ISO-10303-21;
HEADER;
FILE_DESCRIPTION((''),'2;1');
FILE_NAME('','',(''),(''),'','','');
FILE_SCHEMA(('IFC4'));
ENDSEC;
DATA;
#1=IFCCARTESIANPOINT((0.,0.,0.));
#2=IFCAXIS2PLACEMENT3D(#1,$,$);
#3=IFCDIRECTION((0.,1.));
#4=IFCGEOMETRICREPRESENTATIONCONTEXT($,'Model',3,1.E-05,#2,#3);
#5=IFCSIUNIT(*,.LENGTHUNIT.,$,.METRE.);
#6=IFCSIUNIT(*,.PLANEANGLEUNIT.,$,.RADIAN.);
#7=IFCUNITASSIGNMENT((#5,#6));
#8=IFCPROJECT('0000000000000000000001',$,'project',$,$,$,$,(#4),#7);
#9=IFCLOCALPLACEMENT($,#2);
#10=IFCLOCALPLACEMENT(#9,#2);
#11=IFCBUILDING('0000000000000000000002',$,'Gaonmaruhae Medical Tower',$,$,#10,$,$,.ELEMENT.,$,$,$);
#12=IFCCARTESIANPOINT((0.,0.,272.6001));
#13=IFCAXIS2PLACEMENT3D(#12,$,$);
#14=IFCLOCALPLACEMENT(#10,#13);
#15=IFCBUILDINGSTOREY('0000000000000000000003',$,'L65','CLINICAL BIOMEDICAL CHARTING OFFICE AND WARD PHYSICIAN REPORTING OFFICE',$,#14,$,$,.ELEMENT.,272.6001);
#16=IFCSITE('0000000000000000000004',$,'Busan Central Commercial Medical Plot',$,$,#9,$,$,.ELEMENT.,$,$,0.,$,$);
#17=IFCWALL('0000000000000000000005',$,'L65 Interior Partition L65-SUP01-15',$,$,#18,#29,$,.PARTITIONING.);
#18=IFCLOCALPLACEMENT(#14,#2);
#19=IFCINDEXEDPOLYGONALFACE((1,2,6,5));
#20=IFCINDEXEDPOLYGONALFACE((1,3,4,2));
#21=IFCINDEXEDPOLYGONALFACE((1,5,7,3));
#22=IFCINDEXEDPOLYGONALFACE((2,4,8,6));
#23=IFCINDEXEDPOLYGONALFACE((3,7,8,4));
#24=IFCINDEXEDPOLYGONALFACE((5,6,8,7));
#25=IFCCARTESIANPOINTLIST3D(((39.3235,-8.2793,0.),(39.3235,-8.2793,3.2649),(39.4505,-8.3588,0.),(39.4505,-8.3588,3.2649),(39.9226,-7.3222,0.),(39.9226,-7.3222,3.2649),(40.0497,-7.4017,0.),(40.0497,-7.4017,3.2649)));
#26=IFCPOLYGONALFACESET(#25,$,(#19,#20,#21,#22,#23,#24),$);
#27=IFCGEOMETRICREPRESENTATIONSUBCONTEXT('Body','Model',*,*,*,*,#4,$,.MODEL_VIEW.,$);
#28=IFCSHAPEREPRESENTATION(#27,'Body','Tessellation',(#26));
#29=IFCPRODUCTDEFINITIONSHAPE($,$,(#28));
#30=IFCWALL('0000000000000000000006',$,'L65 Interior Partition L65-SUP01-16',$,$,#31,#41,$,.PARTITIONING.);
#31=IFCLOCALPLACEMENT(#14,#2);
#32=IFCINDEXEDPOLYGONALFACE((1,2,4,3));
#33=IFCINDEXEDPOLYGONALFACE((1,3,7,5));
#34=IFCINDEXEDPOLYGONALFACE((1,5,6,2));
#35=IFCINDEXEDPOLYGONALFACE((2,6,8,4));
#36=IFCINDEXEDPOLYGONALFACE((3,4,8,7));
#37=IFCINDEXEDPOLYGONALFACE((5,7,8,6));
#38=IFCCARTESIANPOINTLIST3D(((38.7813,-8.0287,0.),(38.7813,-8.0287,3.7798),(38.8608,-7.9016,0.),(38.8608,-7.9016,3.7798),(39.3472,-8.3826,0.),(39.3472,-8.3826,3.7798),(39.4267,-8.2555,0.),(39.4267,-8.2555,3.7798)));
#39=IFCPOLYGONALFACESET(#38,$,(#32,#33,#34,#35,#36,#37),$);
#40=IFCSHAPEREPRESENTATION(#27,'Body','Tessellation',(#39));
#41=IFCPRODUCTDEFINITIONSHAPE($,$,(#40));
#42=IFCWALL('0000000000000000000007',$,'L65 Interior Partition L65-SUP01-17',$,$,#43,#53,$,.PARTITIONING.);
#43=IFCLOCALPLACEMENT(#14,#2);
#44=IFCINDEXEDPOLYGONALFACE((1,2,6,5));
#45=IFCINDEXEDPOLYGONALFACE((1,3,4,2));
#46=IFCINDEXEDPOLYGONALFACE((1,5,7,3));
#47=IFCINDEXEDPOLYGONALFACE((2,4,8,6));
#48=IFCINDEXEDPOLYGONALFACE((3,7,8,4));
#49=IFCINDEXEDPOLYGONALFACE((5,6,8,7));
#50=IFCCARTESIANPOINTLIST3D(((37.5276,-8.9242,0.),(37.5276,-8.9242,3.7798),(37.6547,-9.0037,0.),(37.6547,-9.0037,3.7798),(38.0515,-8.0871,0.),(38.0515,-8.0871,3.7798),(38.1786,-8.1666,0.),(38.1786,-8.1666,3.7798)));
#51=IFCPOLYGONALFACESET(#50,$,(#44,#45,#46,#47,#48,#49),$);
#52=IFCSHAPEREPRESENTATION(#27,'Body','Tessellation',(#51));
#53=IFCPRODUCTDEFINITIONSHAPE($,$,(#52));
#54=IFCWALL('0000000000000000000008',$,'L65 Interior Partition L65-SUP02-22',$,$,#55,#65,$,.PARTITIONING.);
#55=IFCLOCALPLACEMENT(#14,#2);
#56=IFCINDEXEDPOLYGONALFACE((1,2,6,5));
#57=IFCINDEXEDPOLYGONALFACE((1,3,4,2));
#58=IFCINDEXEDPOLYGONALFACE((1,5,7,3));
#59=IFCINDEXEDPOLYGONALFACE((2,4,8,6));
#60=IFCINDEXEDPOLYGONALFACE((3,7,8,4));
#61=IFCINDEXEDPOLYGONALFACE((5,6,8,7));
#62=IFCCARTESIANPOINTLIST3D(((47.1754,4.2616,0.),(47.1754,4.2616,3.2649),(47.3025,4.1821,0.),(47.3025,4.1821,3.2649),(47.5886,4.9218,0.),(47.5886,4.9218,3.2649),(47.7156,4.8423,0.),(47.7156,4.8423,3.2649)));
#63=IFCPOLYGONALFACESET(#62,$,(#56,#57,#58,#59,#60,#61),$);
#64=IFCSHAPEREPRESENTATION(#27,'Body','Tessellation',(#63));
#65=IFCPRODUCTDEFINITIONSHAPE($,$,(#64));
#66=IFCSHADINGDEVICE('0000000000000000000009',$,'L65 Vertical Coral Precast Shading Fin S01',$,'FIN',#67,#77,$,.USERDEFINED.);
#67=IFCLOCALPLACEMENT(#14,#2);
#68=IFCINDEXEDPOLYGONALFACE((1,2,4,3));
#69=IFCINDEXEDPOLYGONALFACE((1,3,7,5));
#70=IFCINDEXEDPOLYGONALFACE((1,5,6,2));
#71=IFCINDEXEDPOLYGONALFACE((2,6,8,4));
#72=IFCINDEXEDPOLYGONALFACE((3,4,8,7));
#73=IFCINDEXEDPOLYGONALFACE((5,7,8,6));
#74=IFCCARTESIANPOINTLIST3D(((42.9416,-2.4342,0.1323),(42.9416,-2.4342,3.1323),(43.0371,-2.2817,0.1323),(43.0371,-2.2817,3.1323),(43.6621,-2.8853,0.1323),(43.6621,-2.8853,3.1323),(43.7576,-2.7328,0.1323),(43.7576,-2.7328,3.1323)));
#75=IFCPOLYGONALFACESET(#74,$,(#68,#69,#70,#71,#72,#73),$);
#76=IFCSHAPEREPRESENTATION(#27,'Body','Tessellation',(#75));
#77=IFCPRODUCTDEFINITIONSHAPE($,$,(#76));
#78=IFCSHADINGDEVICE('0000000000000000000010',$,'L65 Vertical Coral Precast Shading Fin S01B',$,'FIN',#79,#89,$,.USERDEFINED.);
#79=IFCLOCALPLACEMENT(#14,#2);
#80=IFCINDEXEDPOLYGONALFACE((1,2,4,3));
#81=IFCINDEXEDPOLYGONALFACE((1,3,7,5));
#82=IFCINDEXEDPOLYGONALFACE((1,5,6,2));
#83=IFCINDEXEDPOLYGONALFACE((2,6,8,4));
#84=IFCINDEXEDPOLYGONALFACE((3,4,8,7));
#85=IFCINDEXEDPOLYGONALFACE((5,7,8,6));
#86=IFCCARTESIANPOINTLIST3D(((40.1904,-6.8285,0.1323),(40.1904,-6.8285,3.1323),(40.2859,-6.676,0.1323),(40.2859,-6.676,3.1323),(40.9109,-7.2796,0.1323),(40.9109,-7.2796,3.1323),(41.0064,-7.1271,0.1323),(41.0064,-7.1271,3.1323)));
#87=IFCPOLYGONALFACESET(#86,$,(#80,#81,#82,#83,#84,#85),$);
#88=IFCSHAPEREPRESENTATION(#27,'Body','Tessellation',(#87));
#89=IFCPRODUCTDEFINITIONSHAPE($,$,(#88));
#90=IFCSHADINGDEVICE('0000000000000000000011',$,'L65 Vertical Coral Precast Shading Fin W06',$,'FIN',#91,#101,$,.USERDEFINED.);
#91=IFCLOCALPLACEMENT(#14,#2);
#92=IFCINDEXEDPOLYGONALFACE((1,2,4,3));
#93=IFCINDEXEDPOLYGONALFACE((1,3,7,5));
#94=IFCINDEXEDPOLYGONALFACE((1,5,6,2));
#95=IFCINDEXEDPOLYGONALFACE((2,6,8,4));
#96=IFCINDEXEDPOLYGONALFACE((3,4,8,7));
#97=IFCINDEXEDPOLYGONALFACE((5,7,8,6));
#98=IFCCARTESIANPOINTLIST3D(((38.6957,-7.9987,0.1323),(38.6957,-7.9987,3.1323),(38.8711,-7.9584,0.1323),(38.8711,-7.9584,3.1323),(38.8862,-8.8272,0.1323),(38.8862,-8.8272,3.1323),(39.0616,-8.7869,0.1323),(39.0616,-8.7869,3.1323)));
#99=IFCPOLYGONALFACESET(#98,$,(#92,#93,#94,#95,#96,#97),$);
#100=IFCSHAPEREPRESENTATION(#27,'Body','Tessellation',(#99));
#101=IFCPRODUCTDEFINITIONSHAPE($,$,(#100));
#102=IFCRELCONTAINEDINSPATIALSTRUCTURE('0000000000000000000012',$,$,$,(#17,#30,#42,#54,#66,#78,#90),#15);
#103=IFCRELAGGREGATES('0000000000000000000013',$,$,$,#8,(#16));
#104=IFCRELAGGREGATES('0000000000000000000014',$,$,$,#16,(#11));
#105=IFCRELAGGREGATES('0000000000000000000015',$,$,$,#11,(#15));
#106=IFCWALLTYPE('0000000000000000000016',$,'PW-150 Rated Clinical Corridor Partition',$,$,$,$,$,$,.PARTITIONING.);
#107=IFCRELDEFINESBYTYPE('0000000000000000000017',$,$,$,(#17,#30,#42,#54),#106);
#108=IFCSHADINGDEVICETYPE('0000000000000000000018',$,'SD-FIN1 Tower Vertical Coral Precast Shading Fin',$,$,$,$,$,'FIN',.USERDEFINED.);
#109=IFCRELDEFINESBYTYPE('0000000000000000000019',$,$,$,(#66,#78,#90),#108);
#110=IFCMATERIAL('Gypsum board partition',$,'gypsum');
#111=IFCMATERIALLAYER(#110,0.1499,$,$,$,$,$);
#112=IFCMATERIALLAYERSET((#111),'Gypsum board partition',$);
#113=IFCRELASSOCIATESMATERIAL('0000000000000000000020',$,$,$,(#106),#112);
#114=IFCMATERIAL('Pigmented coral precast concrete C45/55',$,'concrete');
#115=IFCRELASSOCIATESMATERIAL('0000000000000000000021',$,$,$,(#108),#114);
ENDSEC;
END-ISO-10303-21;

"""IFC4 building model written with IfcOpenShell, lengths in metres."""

from ifc_helpers import new_model, si_unit, direction, frame, frame_2d, origin, origin_2d, place, context, subcontext, project, spatial, rectangle, extrude, material, layer, layer_set, type_object, element, save


model = new_model("IFC4")

# Units and contexts
model_context = context("Model", 3, precision=1e-05, world=origin(), true_north=direction((0.0, 1.0)))
body_context = subcontext(model_context, "Body", "Model", "MODEL_VIEW")
ifc_project = project(units=[si_unit("LENGTHUNIT", "METRE"), si_unit("PLANEANGLEUNIT", "RADIAN")], contexts=[model_context])

# Site, building, storey
site_placement = place(None, origin())
site = spatial("IfcSite", under=ifc_project, at=site_placement, Name="Busan Central Commercial Medical Plot", CompositionType="ELEMENT", RefElevation=0.0)
building_placement = place(site_placement, origin())
building = spatial("IfcBuilding", under=site, at=building_placement, Name="Gaonmaruhae Medical Tower", CompositionType="ELEMENT")
storey_placement = place(building_placement, frame((0.0, 0.0, 272.6001)))
storey = spatial("IfcBuildingStorey", under=building, at=storey_placement, Name="L65", Description="CLINICAL BIOMEDICAL CHARTING OFFICE AND WARD PHYSICIAN REPORTING OFFICE", CompositionType="ELEMENT", Elevation=272.6001)

# Walls
ifc_material_1 = material(Name="Gypsum board partition", Category="gypsum")
ifc_layer_1 = layer(ifc_material_1, 0.1499)
ifc_layer_set_1 = layer_set([ifc_layer_1], Name="Gypsum board partition")
wall_type_1 = type_object("IfcWallType", Name="PW-150 Rated Clinical Corridor Partition", PredefinedType="PARTITIONING", material=ifc_layer_set_1)
wall_1_placement = place(storey_placement, frame((39.9861, -7.3621, 0.0), z_axis=(0.0, 0.0, 1.0), x_axis=(-0.530621, -0.847609, 0.0)))
element("IfcWall", 1, at=wall_1_placement, inside=storey, type_object=wall_type_1, Name="L65 Interior Partition L65-SUP01-15", PredefinedType="PARTITIONING", context=body_context, shape_type="SweptSolid", body=[
    extrude(rectangle(XDim=1.1292, YDim=0.1499, at=frame_2d((0.5645, 0.0))), origin(), (0.0, 0.0, 1.0), 3.2649),
])
wall_2_placement = place(storey_placement, frame((39.387, -8.3191, 0.0), z_axis=(0.0, 0.0, 1.0), x_axis=(-0.847793, 0.530328, 0.0)))
element("IfcWall", 2, at=wall_2_placement, inside=storey, type_object=wall_type_1, Name="L65 Interior Partition L65-SUP01-16", PredefinedType="PARTITIONING", context=body_context, shape_type="SweptSolid", body=[
    extrude(rectangle(XDim=0.6675, YDim=0.1499, at=frame_2d((0.3337, 0.0))), origin(), (0.0, 0.0, 1.0), 3.7798),
])
wall_3_placement = place(storey_placement, frame((38.115, -8.127, 0.0), z_axis=(0.0, 0.0, 1.0), x_axis=(-0.53051, -0.847679, 0.0)))
element("IfcWall", 3, at=wall_3_placement, inside=storey, type_object=wall_type_1, Name="L65 Interior Partition L65-SUP01-17", PredefinedType="PARTITIONING", context=body_context, shape_type="SweptSolid", body=[
    extrude(rectangle(XDim=0.9875, YDim=0.1499, at=frame_2d((0.4937, 0.0))), origin(), (0.0, 0.0, 1.0), 3.7798),
])
wall_4_placement = place(storey_placement, frame((47.6521, 4.8821, 0.0), z_axis=(0.0, 0.0, 1.0), x_axis=(-0.53045, -0.847716, 0.0)))
element("IfcWall", 4, at=wall_4_placement, inside=storey, type_object=wall_type_1, Name="L65 Interior Partition L65-SUP02-22", PredefinedType="PARTITIONING", context=body_context, shape_type="SweptSolid", body=[
    extrude(rectangle(XDim=0.7788, YDim=0.1499, at=frame_2d((0.3894, 0.0))), origin(), (0.0, 0.0, 1.0), 3.2649),
])

# Shading devices
ifc_material_2 = material(Name="Pigmented coral precast concrete C45/55", Category="concrete")
shading_device_type = type_object("IfcShadingDeviceType", Name="SD-FIN1 Tower Vertical Coral Precast Shading Fin", ElementType="FIN", PredefinedType="USERDEFINED", material=ifc_material_2)
for number, where, z_axis, x_axis, name in (
    (5, (43.3496, -2.5835, 0.1323), (0.0, 0.0, 1.0), (-0.530659, -0.847585, 0.0), "L65 Vertical Coral Precast Shading Fin S01"),
    (6, (40.5984, -6.9778, 0.1323), (0.0, 0.0, 1.0), (-0.530659, -0.847585, 0.0), "L65 Vertical Coral Precast Shading Fin S01B"),
    (7, (38.8787, -8.3928, 0.1323), (0.0, 0.0, 1.0), (-0.974566, -0.224101, 0.0), "L65 Vertical Coral Precast Shading Fin W06"),
):
    element("IfcShadingDevice", number, at=place(storey_placement, frame(where, z_axis=z_axis, x_axis=x_axis)), inside=storey, type_object=shading_device_type, Name=name, ObjectType="FIN", PredefinedType="USERDEFINED", context=body_context, shape_type="SweptSolid", body=[
        extrude(rectangle(XDim=0.1799, YDim=0.8501, at=origin_2d()), origin(), (0.0, 0.0, 1.0), 3.0),
    ])

save(model, "model.ifc")
